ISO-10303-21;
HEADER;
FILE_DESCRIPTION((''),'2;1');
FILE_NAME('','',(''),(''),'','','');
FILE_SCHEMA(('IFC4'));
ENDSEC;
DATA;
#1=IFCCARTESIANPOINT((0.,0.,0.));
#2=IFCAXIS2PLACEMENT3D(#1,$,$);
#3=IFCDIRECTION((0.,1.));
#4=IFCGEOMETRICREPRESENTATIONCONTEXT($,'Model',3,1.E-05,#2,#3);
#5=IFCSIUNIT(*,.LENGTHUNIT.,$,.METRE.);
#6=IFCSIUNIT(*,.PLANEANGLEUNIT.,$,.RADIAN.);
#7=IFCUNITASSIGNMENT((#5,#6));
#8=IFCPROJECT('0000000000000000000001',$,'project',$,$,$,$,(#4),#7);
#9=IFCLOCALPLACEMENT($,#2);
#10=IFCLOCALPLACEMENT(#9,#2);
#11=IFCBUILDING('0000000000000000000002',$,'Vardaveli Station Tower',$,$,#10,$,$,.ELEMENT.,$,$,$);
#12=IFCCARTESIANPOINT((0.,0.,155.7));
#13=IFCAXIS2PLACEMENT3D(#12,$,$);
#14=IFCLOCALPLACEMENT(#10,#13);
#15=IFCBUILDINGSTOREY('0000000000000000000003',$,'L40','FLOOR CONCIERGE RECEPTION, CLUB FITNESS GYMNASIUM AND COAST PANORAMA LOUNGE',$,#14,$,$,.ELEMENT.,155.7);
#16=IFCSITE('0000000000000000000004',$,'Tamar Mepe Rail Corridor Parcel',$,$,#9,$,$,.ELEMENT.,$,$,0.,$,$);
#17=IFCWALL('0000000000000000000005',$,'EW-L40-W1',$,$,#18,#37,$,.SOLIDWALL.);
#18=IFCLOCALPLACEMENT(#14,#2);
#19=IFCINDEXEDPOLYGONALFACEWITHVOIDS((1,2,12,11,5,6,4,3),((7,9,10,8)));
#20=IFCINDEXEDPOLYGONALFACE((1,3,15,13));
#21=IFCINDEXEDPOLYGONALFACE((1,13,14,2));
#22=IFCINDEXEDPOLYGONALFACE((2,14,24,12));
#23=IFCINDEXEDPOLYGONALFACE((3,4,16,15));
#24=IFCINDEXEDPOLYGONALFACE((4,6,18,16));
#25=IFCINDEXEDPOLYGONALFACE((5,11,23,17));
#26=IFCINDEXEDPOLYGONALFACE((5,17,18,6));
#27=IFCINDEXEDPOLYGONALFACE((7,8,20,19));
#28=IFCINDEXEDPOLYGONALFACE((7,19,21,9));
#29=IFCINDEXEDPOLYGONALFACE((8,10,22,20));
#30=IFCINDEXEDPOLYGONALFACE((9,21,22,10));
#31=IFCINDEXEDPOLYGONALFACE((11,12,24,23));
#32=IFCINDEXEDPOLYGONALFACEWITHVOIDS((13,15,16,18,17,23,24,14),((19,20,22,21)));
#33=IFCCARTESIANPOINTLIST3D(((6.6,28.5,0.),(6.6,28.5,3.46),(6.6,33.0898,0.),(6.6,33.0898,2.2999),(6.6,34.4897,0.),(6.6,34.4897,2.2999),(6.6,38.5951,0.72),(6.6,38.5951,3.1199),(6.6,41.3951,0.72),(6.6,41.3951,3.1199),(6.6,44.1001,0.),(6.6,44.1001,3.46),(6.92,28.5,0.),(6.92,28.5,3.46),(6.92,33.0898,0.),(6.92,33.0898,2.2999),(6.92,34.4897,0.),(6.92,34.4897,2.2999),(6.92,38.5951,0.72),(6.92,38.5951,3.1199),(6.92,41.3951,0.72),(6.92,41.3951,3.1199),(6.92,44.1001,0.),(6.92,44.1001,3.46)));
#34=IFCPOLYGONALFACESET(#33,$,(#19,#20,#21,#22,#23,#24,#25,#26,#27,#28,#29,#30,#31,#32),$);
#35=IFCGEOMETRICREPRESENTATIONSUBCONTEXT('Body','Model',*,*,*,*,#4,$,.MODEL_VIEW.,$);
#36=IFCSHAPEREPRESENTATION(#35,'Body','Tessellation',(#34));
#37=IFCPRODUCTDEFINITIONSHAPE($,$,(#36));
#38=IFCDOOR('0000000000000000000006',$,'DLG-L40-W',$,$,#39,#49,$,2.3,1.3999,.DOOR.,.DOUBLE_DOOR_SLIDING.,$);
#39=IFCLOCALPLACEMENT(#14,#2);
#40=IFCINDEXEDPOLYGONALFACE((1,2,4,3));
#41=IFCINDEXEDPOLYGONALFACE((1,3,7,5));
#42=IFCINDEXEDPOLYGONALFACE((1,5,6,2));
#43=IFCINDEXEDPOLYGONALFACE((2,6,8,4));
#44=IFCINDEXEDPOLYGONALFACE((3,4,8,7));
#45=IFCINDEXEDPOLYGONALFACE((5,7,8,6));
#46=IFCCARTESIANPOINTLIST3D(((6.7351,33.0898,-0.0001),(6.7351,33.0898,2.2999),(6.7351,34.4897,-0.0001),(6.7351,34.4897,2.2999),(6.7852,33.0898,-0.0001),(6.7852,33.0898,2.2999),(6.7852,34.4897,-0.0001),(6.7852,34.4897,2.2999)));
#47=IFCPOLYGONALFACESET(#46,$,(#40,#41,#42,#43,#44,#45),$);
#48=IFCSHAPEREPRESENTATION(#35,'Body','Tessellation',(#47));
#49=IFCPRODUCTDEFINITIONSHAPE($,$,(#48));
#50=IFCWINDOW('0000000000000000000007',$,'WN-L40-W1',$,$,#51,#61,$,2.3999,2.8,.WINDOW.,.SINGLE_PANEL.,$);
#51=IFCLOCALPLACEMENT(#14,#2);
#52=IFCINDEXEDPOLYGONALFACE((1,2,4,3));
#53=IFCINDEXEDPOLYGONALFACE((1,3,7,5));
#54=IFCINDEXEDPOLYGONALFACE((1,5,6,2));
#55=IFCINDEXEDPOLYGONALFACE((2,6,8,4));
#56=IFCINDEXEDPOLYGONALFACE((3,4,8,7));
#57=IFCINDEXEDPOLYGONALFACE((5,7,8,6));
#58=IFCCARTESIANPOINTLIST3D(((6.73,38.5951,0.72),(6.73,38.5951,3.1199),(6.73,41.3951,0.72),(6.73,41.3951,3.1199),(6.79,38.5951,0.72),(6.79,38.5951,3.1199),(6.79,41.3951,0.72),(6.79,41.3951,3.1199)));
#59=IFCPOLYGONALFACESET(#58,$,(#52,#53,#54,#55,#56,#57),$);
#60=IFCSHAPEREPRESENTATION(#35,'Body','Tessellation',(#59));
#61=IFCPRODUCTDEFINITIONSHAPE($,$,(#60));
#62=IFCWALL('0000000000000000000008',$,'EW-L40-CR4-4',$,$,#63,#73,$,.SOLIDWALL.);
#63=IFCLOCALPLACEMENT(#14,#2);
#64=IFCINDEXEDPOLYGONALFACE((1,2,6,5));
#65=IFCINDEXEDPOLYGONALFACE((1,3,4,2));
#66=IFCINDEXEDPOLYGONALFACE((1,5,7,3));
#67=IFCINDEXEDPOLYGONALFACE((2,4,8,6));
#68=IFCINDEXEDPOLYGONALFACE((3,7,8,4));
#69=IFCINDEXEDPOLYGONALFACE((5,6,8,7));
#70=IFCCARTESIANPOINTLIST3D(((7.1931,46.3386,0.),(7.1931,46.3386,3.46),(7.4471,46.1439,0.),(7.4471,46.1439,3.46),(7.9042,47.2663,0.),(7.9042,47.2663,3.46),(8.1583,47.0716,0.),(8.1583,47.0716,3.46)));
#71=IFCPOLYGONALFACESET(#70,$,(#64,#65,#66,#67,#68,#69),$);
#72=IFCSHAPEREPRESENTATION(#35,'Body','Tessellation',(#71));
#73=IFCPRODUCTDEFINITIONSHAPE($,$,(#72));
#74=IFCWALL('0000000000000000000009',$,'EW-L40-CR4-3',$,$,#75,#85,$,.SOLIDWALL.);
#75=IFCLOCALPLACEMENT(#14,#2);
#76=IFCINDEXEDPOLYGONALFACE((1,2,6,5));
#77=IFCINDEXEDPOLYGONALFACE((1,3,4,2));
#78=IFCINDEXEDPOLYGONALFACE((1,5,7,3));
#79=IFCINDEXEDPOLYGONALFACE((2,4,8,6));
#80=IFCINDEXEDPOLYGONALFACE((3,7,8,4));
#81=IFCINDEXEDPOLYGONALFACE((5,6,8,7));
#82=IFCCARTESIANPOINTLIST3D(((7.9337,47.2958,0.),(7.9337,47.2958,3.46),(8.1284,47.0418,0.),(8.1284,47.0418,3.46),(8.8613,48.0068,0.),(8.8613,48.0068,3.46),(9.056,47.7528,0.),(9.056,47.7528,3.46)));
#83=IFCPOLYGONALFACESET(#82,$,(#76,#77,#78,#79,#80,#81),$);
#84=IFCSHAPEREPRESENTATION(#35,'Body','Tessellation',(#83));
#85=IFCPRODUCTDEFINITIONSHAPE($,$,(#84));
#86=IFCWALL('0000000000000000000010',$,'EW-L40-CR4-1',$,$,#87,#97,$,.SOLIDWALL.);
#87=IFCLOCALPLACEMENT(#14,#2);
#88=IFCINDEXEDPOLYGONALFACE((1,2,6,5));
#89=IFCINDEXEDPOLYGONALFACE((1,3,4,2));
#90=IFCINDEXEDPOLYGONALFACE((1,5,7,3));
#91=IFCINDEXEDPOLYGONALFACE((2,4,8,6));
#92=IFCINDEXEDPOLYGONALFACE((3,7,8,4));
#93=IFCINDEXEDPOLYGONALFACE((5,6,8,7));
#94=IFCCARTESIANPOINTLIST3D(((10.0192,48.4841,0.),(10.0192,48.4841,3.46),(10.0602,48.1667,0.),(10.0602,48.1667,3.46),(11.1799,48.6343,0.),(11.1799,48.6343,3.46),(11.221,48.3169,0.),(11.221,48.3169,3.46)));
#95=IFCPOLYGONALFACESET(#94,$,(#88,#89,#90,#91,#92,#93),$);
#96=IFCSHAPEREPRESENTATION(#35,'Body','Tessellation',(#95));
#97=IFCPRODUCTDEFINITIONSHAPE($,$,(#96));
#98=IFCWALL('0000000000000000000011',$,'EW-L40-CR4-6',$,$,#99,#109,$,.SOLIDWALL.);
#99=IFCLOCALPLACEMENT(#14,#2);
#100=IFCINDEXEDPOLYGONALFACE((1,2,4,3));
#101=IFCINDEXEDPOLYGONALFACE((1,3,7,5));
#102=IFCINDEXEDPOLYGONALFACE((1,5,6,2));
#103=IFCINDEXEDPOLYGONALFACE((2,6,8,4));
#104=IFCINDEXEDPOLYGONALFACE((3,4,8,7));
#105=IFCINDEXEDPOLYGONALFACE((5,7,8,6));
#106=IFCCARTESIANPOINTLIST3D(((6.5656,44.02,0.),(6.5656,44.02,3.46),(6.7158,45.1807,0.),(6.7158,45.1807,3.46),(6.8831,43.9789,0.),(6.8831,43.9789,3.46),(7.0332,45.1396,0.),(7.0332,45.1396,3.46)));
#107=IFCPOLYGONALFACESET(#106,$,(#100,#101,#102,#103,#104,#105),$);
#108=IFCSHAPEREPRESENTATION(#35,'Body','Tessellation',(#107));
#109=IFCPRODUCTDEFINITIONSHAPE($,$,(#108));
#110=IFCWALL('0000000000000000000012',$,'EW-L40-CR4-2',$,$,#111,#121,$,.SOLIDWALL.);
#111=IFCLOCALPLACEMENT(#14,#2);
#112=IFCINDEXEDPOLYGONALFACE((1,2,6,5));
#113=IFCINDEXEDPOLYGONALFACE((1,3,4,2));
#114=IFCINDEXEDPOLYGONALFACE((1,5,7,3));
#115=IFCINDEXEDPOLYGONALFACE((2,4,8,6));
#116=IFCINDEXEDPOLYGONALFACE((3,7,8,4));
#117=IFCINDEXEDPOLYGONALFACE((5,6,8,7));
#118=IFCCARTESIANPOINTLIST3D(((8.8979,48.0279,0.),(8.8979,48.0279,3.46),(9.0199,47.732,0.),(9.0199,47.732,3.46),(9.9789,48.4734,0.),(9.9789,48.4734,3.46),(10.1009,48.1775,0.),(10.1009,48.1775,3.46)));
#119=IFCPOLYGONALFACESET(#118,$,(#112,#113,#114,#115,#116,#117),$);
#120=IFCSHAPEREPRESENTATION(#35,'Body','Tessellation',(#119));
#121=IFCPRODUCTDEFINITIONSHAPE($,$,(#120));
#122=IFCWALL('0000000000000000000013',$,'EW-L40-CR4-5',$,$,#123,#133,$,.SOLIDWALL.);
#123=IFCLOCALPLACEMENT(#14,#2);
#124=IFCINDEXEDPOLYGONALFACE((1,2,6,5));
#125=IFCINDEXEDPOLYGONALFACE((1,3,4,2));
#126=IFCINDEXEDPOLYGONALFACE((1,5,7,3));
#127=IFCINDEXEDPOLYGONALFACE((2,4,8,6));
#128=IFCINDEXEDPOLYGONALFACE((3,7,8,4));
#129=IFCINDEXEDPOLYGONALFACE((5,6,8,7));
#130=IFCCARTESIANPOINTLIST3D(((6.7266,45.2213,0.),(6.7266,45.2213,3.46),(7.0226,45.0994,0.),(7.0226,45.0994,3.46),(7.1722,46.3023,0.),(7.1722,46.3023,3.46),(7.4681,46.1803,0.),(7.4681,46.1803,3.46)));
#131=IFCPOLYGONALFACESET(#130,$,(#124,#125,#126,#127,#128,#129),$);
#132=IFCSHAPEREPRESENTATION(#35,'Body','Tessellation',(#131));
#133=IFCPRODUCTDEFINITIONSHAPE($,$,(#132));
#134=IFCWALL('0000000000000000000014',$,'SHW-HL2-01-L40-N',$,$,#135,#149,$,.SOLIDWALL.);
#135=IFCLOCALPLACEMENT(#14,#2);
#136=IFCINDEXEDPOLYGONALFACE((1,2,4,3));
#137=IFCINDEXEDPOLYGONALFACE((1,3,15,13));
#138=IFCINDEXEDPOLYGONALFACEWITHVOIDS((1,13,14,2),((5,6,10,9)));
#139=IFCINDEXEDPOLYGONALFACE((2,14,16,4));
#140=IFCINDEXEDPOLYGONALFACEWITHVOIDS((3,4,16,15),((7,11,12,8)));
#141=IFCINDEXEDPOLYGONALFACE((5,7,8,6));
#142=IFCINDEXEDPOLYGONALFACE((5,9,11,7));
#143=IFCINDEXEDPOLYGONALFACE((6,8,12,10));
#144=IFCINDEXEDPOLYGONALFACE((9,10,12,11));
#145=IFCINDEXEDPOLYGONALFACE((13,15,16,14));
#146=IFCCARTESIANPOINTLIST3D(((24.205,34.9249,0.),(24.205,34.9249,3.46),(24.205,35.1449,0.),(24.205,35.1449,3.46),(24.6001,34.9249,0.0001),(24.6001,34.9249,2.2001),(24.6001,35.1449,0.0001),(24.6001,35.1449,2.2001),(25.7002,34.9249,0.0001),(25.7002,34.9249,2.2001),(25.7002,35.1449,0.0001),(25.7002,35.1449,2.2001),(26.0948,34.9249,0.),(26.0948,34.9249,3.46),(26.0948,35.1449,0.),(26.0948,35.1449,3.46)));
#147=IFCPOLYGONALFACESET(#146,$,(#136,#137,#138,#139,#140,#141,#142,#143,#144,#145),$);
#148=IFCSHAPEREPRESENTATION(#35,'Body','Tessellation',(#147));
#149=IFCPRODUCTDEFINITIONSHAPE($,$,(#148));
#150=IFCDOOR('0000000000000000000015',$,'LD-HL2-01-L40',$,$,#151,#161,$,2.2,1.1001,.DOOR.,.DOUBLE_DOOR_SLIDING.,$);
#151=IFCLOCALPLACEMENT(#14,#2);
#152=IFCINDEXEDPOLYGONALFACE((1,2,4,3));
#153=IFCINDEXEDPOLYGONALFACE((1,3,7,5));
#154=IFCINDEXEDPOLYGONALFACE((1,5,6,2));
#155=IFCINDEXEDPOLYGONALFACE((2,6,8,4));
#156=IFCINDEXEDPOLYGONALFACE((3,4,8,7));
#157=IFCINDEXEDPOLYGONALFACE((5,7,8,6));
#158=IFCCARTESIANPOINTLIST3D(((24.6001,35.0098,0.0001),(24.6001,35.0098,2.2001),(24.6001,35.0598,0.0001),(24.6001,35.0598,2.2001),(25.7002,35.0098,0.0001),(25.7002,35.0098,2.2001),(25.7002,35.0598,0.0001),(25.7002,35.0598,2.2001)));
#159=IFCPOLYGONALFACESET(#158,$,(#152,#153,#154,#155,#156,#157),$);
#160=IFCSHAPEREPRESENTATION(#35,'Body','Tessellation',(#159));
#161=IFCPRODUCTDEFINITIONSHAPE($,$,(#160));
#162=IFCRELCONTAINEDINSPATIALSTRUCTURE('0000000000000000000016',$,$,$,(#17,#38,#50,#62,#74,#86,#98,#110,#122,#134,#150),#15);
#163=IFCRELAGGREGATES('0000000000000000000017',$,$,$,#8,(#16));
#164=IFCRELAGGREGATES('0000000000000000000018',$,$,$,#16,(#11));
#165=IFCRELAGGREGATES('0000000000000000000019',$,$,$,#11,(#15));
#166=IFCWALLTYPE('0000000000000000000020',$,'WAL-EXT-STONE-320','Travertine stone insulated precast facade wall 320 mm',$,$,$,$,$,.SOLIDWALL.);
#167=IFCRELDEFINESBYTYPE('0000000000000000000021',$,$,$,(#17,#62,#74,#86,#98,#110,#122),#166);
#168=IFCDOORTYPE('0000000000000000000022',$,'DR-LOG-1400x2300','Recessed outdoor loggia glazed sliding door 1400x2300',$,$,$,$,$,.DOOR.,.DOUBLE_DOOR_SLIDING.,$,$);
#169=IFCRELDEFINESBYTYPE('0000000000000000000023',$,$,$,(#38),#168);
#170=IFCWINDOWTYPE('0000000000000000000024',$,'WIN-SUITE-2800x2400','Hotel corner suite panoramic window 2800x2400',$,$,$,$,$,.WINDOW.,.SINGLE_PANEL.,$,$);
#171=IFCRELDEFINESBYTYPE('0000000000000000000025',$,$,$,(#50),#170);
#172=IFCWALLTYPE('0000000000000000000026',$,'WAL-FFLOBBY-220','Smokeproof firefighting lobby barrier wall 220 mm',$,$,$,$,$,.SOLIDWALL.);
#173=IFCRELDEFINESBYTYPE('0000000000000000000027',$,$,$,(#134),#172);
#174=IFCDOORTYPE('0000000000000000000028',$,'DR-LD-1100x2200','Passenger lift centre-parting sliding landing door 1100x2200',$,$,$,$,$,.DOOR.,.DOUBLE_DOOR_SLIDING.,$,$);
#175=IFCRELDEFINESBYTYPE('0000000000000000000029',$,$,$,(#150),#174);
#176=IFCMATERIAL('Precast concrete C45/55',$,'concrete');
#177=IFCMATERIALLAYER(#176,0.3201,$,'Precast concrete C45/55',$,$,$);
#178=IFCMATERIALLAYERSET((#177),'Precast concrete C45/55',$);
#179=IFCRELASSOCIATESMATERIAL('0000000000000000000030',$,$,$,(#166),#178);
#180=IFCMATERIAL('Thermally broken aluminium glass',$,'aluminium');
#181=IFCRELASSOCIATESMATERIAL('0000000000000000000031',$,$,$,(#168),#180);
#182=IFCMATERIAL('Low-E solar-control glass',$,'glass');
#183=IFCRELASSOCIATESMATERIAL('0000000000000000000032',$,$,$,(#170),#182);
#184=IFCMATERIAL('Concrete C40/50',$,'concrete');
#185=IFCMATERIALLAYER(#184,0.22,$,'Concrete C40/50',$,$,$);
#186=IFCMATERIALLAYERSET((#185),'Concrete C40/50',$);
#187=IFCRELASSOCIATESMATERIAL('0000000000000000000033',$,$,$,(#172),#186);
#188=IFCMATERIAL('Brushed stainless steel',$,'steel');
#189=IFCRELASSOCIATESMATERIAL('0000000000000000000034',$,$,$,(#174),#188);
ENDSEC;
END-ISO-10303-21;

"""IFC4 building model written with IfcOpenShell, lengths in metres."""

from ifc_helpers import new_model, si_unit, direction, frame, frame_2d, origin, place, context, subcontext, project, spatial, rectangle, extrude, source, transform, mapped, material, layer, layer_set, type_object, element, fill, save


model = new_model("IFC4")

# Units and contexts
model_context = context("Model", 3, precision=1e-05, world=origin(), true_north=direction((0.0, 1.0)))
body_context = subcontext(model_context, "Body", "Model", "MODEL_VIEW")
ifc_project = project(units=[si_unit("LENGTHUNIT", "METRE"), si_unit("PLANEANGLEUNIT", "RADIAN")], contexts=[model_context])

# Site, building, storey
site_placement = place(None, origin())
site = spatial("IfcSite", under=ifc_project, at=site_placement, Name="Tamar Mepe Rail Corridor Parcel", CompositionType="ELEMENT", RefElevation=0.0)
building_placement = place(site_placement, origin())
building = spatial("IfcBuilding", under=site, at=building_placement, Name="Vardaveli Station Tower", CompositionType="ELEMENT")
storey_placement = place(building_placement, frame((0.0, 0.0, 155.7)))
storey = spatial("IfcBuildingStorey", under=building, at=storey_placement, Name="L40", Description="FLOOR CONCIERGE RECEPTION, CLUB FITNESS GYMNASIUM AND COAST PANORAMA LOUNGE", CompositionType="ELEMENT", Elevation=155.7)

# Shared definitions
ifc_material_1 = material(Name="Precast concrete C45/55", Category="concrete")

# Wall, openings, door, window
ifc_layer_1 = layer(ifc_material_1, 0.3201, Name="Precast concrete C45/55")
ifc_layer_set_1 = layer_set([ifc_layer_1], Name="Precast concrete C45/55")
wall_type_1 = type_object("IfcWallType", Name="WAL-EXT-STONE-320", Description="Travertine stone insulated precast facade wall 320 mm", PredefinedType="SOLIDWALL", material=ifc_layer_set_1)
shared_shape_1 = source(origin(), body_context, "Body", "SweptSolid", [
    extrude(rectangle(XDim=15.6001, YDim=0.3201, at=frame_2d((7.8, 0.0))), origin(), (0.0, 0.0, 1.0), 3.46),
])
wall_1_placement = place(storey_placement, frame((6.76, 44.1001, 0.0), z_axis=(0.0, 0.0, 1.0), x_axis=(0.0, -1.0, 0.0)))
wall_1 = element("IfcWall", 1, at=wall_1_placement, inside=storey, type_object=wall_type_1, Name="EW-L40-W1", PredefinedType="SOLIDWALL", context=body_context, shape_type="MappedRepresentation", body=[
    mapped(shared_shape_1, transform((0.0, 0.0, 0.0), scale=1.0)),
])
shared_shape_2 = source(origin(), body_context, "Body", "SweptSolid", [
    extrude(rectangle(XDim=1.3999, YDim=2.3, at=frame_2d((0.7, 1.1499))), frame((0.0, 0.1699, 0.0), z_axis=(0.0, -1.0, 0.0), x_axis=(1.0, 0.0, 0.0)), (0.0, 0.0, 1.0), 0.3401),
])
opening_1_placement = place(wall_1_placement, frame((9.6104, 0.0, 0.0)))
opening_1 = element("IfcOpeningElement", 2, at=opening_1_placement, cuts=wall_1, PredefinedType="OPENING", context=body_context, shape_type="MappedRepresentation", body=[
    mapped(shared_shape_2, transform((0.0, 0.0, 0.0), scale=1.0)),
])
shared_shape_3 = source(origin(), body_context, "Body", "SweptSolid", [
    extrude(rectangle(XDim=2.8, YDim=2.3999, at=frame_2d((1.3999, 1.2))), frame((0.0, 0.1699, 0.0), z_axis=(0.0, -1.0, 0.0), x_axis=(1.0, 0.0, 0.0)), (0.0, 0.0, 1.0), 0.3401),
])
opening_2_placement = place(wall_1_placement, frame((2.7051, 0.0, 0.72)))
opening_2 = element("IfcOpeningElement", 3, at=opening_2_placement, cuts=wall_1, PredefinedType="OPENING", context=body_context, shape_type="MappedRepresentation", body=[
    mapped(shared_shape_3, transform((0.0, 0.0, 0.0), scale=1.0)),
])
ifc_material_2 = material(Name="Thermally broken aluminium glass", Category="aluminium")
door_type_1 = type_object("IfcDoorType", Name="DR-LOG-1400x2300", Description="Recessed outdoor loggia glazed sliding door 1400x2300", OperationType="DOUBLE_DOOR_SLIDING", PredefinedType="DOOR", material=ifc_material_2)
shared_shape_4 = source(origin(), body_context, "Body", "SweptSolid", [
    extrude(rectangle(XDim=1.3999, YDim=2.3, at=frame_2d((0.7, 1.1499))), frame((0.0, 0.0249, 0.0), z_axis=(0.0, -1.0, 0.0), x_axis=(1.0, 0.0, 0.0)), (0.0, 0.0, 1.0), 0.05),
])
door_1_placement = place(opening_1_placement, frame((1.3999, 0.0, 0.0), z_axis=(0.0, 0.0, 1.0), x_axis=(-1.0, 0.0, 0.0)))
door_1 = element("IfcDoor", 4, at=door_1_placement, inside=storey, type_object=door_type_1, Name="DLG-L40-W", OperationType="DOUBLE_DOOR_SLIDING", OverallHeight=2.3, OverallWidth=1.3999, PredefinedType="DOOR", context=body_context, shape_type="MappedRepresentation", body=[
    mapped(shared_shape_4, transform((0.0, 0.0, 0.0), scale=1.0)),
])
fill(opening_1, door_1)
ifc_material_3 = material(Name="Low-E solar-control glass", Category="glass")
window_type = type_object("IfcWindowType", Name="WIN-SUITE-2800x2400", Description="Hotel corner suite panoramic window 2800x2400", PartitioningType="SINGLE_PANEL", PredefinedType="WINDOW", material=ifc_material_3)
shared_shape_5 = source(origin(), body_context, "Body", "SweptSolid", [
    extrude(rectangle(XDim=2.8, YDim=2.3999, at=frame_2d((1.3999, 1.2))), frame((0.0, 0.03, 0.0), z_axis=(0.0, -1.0, 0.0), x_axis=(1.0, 0.0, 0.0)), (0.0, 0.0, 1.0), 0.0601),
])
window_placement = place(opening_2_placement, origin())
window = element("IfcWindow", 5, at=window_placement, inside=storey, type_object=window_type, Name="WN-L40-W1", OverallHeight=2.3999, OverallWidth=2.8, PartitioningType="SINGLE_PANEL", PredefinedType="WINDOW", context=body_context, shape_type="MappedRepresentation", body=[
    mapped(shared_shape_5, transform((0.0, 0.0, 0.0), scale=1.0)),
])
fill(opening_2, window)

# Walls
shared_shape_6 = source(origin(), body_context, "Body", "SweptSolid", [
    extrude(rectangle(XDim=1.1689, YDim=0.3201, at=frame_2d((0.5845, 0.0))), origin(), (0.0, 0.0, 1.0), 3.46),
])
wall_2_placement = place(storey_placement, frame((8.0312, 47.1689, 0.0), z_axis=(0.0, 0.0, 1.0), x_axis=(-0.608388, -0.79364, 0.0)))
element("IfcWall", 6, at=wall_2_placement, inside=storey, type_object=wall_type_1, Name="EW-L40-CR4-4", PredefinedType="SOLIDWALL", context=body_context, shape_type="MappedRepresentation", body=[
    mapped(shared_shape_6, transform((0.0, 0.0, 0.0), scale=1.0)),
])
shared_shape_7 = source(origin(), body_context, "Body", "SweptSolid", [
    extrude(rectangle(XDim=1.1687, YDim=0.3201, at=frame_2d((0.5845, 0.0))), origin(), (0.0, 0.0, 1.0), 3.46),
])
wall_3_placement = place(storey_placement, frame((8.9587, 47.8799, 0.0), z_axis=(0.0, 0.0, 1.0), x_axis=(-0.793664, -0.608357, 0.0)))
element("IfcWall", 7, at=wall_3_placement, inside=storey, type_object=wall_type_1, Name="EW-L40-CR4-3", PredefinedType="SOLIDWALL", context=body_context, shape_type="MappedRepresentation", body=[
    mapped(shared_shape_7, transform((0.0, 0.0, 0.0), scale=1.0)),
])
shared_shape_8 = source(origin(), body_context, "Body", "SweptSolid", [
    extrude(rectangle(XDim=1.1704, YDim=0.3201, at=frame_2d((0.5852, 0.0))), origin(), (0.0, 0.0, 1.0), 3.46),
])
for number, where, z_axis, x_axis, name in (
    (8, (11.2004, 48.4756, 0.0), (0.0, 0.0, 1.0), (-0.991736, -0.128296, 0.0), "EW-L40-CR4-1"),
    (9, (6.8745, 45.1602, 0.0), (0.0, 0.0, 1.0), (-0.128296, -0.991736, 0.0), "EW-L40-CR4-6"),
):
    element("IfcWall", number, at=place(storey_placement, frame(where, z_axis=z_axis, x_axis=x_axis)), inside=storey, type_object=wall_type_1, Name=name, PredefinedType="SOLIDWALL", context=body_context, shape_type="MappedRepresentation", body=[
        mapped(shared_shape_8, transform((0.0, 0.0, 0.0), scale=1.0)),
    ])
shared_shape_9 = source(origin(), body_context, "Body", "SweptSolid", [
    extrude(rectangle(XDim=1.1692, YDim=0.3201, at=frame_2d((0.5845, 0.0))), origin(), (0.0, 0.0, 1.0), 3.46),
])
for number, where, z_axis, x_axis, name in (
    (10, (10.0398, 48.3254, 0.0), (0.0, 0.0, 1.0), (-0.924553, -0.381054, 0.0), "EW-L40-CR4-2"),
    (11, (7.3201, 46.2412, 0.0), (0.0, 0.0, 1.0), (-0.381054, -0.924553, 0.0), "EW-L40-CR4-5"),
):
    element("IfcWall", number, at=place(storey_placement, frame(where, z_axis=z_axis, x_axis=x_axis)), inside=storey, type_object=wall_type_1, Name=name, PredefinedType="SOLIDWALL", context=body_context, shape_type="MappedRepresentation", body=[
        mapped(shared_shape_9, transform((0.0, 0.0, 0.0), scale=1.0)),
    ])

# Wall, opening, door
ifc_material_4 = material(Name="Concrete C40/50", Category="concrete")
ifc_layer_2 = layer(ifc_material_4, 0.22, Name="Concrete C40/50")
ifc_layer_set_2 = layer_set([ifc_layer_2], Name="Concrete C40/50")
wall_type_2 = type_object("IfcWallType", Name="WAL-FFLOBBY-220", Description="Smokeproof firefighting lobby barrier wall 220 mm", PredefinedType="SOLIDWALL", material=ifc_layer_set_2)
shared_shape_10 = source(origin(), body_context, "Body", "SweptSolid", [
    extrude(rectangle(XDim=1.8899, YDim=0.22, at=frame_2d((0.9448, 0.0))), origin(), (0.0, 0.0, 1.0), 3.46),
])
wall_4_placement = place(storey_placement, frame((24.2051, 35.0349, 0.0), z_axis=(0.0, 0.0, 1.0), x_axis=(1.0, 0.0, 0.0)))
wall_4 = element("IfcWall", 12, at=wall_4_placement, inside=storey, type_object=wall_type_2, Name="SHW-HL2-01-L40-N", PredefinedType="SOLIDWALL", context=body_context, shape_type="MappedRepresentation", body=[
    mapped(shared_shape_10, transform((0.0, 0.0, 0.0), scale=1.0)),
])
shared_shape_11 = source(origin(), body_context, "Body", "SweptSolid", [
    extrude(rectangle(XDim=1.1001, YDim=2.2, at=frame_2d((0.55, 1.1001))), frame((0.0, 0.1201, 0.0), z_axis=(0.0, -1.0, 0.0), x_axis=(1.0, 0.0, 0.0)), (0.0, 0.0, 1.0), 0.24),
])
opening_3_placement = place(wall_4_placement, frame((0.395, 0.0, 0.0)))
opening_3 = element("IfcOpeningElement", 13, at=opening_3_placement, cuts=wall_4, PredefinedType="OPENING", context=body_context, shape_type="MappedRepresentation", body=[
    mapped(shared_shape_11, transform((0.0, 0.0, 0.0), scale=1.0)),
])
ifc_material_5 = material(Name="Brushed stainless steel", Category="steel")
door_type_2 = type_object("IfcDoorType", Name="DR-LD-1100x2200", Description="Passenger lift centre-parting sliding landing door 1100x2200", OperationType="DOUBLE_DOOR_SLIDING", PredefinedType="DOOR", material=ifc_material_5)
shared_shape_12 = source(origin(), body_context, "Body", "SweptSolid", [
    extrude(rectangle(XDim=1.1001, YDim=2.2, at=frame_2d((0.55, 1.1001))), frame((0.0, 0.0249, 0.0), z_axis=(0.0, -1.0, 0.0), x_axis=(1.0, 0.0, 0.0)), (0.0, 0.0, 1.0), 0.05),
])
door_2_placement = place(opening_3_placement, origin())
door_2 = element("IfcDoor", 14, at=door_2_placement, inside=storey, type_object=door_type_2, Name="LD-HL2-01-L40", OperationType="DOUBLE_DOOR_SLIDING", OverallHeight=2.2, OverallWidth=1.1001, PredefinedType="DOOR", context=body_context, shape_type="MappedRepresentation", body=[
    mapped(shared_shape_12, transform((0.0, 0.0, 0.0), scale=1.0)),
])
fill(opening_3, door_2)

save(model, "model.ifc")
